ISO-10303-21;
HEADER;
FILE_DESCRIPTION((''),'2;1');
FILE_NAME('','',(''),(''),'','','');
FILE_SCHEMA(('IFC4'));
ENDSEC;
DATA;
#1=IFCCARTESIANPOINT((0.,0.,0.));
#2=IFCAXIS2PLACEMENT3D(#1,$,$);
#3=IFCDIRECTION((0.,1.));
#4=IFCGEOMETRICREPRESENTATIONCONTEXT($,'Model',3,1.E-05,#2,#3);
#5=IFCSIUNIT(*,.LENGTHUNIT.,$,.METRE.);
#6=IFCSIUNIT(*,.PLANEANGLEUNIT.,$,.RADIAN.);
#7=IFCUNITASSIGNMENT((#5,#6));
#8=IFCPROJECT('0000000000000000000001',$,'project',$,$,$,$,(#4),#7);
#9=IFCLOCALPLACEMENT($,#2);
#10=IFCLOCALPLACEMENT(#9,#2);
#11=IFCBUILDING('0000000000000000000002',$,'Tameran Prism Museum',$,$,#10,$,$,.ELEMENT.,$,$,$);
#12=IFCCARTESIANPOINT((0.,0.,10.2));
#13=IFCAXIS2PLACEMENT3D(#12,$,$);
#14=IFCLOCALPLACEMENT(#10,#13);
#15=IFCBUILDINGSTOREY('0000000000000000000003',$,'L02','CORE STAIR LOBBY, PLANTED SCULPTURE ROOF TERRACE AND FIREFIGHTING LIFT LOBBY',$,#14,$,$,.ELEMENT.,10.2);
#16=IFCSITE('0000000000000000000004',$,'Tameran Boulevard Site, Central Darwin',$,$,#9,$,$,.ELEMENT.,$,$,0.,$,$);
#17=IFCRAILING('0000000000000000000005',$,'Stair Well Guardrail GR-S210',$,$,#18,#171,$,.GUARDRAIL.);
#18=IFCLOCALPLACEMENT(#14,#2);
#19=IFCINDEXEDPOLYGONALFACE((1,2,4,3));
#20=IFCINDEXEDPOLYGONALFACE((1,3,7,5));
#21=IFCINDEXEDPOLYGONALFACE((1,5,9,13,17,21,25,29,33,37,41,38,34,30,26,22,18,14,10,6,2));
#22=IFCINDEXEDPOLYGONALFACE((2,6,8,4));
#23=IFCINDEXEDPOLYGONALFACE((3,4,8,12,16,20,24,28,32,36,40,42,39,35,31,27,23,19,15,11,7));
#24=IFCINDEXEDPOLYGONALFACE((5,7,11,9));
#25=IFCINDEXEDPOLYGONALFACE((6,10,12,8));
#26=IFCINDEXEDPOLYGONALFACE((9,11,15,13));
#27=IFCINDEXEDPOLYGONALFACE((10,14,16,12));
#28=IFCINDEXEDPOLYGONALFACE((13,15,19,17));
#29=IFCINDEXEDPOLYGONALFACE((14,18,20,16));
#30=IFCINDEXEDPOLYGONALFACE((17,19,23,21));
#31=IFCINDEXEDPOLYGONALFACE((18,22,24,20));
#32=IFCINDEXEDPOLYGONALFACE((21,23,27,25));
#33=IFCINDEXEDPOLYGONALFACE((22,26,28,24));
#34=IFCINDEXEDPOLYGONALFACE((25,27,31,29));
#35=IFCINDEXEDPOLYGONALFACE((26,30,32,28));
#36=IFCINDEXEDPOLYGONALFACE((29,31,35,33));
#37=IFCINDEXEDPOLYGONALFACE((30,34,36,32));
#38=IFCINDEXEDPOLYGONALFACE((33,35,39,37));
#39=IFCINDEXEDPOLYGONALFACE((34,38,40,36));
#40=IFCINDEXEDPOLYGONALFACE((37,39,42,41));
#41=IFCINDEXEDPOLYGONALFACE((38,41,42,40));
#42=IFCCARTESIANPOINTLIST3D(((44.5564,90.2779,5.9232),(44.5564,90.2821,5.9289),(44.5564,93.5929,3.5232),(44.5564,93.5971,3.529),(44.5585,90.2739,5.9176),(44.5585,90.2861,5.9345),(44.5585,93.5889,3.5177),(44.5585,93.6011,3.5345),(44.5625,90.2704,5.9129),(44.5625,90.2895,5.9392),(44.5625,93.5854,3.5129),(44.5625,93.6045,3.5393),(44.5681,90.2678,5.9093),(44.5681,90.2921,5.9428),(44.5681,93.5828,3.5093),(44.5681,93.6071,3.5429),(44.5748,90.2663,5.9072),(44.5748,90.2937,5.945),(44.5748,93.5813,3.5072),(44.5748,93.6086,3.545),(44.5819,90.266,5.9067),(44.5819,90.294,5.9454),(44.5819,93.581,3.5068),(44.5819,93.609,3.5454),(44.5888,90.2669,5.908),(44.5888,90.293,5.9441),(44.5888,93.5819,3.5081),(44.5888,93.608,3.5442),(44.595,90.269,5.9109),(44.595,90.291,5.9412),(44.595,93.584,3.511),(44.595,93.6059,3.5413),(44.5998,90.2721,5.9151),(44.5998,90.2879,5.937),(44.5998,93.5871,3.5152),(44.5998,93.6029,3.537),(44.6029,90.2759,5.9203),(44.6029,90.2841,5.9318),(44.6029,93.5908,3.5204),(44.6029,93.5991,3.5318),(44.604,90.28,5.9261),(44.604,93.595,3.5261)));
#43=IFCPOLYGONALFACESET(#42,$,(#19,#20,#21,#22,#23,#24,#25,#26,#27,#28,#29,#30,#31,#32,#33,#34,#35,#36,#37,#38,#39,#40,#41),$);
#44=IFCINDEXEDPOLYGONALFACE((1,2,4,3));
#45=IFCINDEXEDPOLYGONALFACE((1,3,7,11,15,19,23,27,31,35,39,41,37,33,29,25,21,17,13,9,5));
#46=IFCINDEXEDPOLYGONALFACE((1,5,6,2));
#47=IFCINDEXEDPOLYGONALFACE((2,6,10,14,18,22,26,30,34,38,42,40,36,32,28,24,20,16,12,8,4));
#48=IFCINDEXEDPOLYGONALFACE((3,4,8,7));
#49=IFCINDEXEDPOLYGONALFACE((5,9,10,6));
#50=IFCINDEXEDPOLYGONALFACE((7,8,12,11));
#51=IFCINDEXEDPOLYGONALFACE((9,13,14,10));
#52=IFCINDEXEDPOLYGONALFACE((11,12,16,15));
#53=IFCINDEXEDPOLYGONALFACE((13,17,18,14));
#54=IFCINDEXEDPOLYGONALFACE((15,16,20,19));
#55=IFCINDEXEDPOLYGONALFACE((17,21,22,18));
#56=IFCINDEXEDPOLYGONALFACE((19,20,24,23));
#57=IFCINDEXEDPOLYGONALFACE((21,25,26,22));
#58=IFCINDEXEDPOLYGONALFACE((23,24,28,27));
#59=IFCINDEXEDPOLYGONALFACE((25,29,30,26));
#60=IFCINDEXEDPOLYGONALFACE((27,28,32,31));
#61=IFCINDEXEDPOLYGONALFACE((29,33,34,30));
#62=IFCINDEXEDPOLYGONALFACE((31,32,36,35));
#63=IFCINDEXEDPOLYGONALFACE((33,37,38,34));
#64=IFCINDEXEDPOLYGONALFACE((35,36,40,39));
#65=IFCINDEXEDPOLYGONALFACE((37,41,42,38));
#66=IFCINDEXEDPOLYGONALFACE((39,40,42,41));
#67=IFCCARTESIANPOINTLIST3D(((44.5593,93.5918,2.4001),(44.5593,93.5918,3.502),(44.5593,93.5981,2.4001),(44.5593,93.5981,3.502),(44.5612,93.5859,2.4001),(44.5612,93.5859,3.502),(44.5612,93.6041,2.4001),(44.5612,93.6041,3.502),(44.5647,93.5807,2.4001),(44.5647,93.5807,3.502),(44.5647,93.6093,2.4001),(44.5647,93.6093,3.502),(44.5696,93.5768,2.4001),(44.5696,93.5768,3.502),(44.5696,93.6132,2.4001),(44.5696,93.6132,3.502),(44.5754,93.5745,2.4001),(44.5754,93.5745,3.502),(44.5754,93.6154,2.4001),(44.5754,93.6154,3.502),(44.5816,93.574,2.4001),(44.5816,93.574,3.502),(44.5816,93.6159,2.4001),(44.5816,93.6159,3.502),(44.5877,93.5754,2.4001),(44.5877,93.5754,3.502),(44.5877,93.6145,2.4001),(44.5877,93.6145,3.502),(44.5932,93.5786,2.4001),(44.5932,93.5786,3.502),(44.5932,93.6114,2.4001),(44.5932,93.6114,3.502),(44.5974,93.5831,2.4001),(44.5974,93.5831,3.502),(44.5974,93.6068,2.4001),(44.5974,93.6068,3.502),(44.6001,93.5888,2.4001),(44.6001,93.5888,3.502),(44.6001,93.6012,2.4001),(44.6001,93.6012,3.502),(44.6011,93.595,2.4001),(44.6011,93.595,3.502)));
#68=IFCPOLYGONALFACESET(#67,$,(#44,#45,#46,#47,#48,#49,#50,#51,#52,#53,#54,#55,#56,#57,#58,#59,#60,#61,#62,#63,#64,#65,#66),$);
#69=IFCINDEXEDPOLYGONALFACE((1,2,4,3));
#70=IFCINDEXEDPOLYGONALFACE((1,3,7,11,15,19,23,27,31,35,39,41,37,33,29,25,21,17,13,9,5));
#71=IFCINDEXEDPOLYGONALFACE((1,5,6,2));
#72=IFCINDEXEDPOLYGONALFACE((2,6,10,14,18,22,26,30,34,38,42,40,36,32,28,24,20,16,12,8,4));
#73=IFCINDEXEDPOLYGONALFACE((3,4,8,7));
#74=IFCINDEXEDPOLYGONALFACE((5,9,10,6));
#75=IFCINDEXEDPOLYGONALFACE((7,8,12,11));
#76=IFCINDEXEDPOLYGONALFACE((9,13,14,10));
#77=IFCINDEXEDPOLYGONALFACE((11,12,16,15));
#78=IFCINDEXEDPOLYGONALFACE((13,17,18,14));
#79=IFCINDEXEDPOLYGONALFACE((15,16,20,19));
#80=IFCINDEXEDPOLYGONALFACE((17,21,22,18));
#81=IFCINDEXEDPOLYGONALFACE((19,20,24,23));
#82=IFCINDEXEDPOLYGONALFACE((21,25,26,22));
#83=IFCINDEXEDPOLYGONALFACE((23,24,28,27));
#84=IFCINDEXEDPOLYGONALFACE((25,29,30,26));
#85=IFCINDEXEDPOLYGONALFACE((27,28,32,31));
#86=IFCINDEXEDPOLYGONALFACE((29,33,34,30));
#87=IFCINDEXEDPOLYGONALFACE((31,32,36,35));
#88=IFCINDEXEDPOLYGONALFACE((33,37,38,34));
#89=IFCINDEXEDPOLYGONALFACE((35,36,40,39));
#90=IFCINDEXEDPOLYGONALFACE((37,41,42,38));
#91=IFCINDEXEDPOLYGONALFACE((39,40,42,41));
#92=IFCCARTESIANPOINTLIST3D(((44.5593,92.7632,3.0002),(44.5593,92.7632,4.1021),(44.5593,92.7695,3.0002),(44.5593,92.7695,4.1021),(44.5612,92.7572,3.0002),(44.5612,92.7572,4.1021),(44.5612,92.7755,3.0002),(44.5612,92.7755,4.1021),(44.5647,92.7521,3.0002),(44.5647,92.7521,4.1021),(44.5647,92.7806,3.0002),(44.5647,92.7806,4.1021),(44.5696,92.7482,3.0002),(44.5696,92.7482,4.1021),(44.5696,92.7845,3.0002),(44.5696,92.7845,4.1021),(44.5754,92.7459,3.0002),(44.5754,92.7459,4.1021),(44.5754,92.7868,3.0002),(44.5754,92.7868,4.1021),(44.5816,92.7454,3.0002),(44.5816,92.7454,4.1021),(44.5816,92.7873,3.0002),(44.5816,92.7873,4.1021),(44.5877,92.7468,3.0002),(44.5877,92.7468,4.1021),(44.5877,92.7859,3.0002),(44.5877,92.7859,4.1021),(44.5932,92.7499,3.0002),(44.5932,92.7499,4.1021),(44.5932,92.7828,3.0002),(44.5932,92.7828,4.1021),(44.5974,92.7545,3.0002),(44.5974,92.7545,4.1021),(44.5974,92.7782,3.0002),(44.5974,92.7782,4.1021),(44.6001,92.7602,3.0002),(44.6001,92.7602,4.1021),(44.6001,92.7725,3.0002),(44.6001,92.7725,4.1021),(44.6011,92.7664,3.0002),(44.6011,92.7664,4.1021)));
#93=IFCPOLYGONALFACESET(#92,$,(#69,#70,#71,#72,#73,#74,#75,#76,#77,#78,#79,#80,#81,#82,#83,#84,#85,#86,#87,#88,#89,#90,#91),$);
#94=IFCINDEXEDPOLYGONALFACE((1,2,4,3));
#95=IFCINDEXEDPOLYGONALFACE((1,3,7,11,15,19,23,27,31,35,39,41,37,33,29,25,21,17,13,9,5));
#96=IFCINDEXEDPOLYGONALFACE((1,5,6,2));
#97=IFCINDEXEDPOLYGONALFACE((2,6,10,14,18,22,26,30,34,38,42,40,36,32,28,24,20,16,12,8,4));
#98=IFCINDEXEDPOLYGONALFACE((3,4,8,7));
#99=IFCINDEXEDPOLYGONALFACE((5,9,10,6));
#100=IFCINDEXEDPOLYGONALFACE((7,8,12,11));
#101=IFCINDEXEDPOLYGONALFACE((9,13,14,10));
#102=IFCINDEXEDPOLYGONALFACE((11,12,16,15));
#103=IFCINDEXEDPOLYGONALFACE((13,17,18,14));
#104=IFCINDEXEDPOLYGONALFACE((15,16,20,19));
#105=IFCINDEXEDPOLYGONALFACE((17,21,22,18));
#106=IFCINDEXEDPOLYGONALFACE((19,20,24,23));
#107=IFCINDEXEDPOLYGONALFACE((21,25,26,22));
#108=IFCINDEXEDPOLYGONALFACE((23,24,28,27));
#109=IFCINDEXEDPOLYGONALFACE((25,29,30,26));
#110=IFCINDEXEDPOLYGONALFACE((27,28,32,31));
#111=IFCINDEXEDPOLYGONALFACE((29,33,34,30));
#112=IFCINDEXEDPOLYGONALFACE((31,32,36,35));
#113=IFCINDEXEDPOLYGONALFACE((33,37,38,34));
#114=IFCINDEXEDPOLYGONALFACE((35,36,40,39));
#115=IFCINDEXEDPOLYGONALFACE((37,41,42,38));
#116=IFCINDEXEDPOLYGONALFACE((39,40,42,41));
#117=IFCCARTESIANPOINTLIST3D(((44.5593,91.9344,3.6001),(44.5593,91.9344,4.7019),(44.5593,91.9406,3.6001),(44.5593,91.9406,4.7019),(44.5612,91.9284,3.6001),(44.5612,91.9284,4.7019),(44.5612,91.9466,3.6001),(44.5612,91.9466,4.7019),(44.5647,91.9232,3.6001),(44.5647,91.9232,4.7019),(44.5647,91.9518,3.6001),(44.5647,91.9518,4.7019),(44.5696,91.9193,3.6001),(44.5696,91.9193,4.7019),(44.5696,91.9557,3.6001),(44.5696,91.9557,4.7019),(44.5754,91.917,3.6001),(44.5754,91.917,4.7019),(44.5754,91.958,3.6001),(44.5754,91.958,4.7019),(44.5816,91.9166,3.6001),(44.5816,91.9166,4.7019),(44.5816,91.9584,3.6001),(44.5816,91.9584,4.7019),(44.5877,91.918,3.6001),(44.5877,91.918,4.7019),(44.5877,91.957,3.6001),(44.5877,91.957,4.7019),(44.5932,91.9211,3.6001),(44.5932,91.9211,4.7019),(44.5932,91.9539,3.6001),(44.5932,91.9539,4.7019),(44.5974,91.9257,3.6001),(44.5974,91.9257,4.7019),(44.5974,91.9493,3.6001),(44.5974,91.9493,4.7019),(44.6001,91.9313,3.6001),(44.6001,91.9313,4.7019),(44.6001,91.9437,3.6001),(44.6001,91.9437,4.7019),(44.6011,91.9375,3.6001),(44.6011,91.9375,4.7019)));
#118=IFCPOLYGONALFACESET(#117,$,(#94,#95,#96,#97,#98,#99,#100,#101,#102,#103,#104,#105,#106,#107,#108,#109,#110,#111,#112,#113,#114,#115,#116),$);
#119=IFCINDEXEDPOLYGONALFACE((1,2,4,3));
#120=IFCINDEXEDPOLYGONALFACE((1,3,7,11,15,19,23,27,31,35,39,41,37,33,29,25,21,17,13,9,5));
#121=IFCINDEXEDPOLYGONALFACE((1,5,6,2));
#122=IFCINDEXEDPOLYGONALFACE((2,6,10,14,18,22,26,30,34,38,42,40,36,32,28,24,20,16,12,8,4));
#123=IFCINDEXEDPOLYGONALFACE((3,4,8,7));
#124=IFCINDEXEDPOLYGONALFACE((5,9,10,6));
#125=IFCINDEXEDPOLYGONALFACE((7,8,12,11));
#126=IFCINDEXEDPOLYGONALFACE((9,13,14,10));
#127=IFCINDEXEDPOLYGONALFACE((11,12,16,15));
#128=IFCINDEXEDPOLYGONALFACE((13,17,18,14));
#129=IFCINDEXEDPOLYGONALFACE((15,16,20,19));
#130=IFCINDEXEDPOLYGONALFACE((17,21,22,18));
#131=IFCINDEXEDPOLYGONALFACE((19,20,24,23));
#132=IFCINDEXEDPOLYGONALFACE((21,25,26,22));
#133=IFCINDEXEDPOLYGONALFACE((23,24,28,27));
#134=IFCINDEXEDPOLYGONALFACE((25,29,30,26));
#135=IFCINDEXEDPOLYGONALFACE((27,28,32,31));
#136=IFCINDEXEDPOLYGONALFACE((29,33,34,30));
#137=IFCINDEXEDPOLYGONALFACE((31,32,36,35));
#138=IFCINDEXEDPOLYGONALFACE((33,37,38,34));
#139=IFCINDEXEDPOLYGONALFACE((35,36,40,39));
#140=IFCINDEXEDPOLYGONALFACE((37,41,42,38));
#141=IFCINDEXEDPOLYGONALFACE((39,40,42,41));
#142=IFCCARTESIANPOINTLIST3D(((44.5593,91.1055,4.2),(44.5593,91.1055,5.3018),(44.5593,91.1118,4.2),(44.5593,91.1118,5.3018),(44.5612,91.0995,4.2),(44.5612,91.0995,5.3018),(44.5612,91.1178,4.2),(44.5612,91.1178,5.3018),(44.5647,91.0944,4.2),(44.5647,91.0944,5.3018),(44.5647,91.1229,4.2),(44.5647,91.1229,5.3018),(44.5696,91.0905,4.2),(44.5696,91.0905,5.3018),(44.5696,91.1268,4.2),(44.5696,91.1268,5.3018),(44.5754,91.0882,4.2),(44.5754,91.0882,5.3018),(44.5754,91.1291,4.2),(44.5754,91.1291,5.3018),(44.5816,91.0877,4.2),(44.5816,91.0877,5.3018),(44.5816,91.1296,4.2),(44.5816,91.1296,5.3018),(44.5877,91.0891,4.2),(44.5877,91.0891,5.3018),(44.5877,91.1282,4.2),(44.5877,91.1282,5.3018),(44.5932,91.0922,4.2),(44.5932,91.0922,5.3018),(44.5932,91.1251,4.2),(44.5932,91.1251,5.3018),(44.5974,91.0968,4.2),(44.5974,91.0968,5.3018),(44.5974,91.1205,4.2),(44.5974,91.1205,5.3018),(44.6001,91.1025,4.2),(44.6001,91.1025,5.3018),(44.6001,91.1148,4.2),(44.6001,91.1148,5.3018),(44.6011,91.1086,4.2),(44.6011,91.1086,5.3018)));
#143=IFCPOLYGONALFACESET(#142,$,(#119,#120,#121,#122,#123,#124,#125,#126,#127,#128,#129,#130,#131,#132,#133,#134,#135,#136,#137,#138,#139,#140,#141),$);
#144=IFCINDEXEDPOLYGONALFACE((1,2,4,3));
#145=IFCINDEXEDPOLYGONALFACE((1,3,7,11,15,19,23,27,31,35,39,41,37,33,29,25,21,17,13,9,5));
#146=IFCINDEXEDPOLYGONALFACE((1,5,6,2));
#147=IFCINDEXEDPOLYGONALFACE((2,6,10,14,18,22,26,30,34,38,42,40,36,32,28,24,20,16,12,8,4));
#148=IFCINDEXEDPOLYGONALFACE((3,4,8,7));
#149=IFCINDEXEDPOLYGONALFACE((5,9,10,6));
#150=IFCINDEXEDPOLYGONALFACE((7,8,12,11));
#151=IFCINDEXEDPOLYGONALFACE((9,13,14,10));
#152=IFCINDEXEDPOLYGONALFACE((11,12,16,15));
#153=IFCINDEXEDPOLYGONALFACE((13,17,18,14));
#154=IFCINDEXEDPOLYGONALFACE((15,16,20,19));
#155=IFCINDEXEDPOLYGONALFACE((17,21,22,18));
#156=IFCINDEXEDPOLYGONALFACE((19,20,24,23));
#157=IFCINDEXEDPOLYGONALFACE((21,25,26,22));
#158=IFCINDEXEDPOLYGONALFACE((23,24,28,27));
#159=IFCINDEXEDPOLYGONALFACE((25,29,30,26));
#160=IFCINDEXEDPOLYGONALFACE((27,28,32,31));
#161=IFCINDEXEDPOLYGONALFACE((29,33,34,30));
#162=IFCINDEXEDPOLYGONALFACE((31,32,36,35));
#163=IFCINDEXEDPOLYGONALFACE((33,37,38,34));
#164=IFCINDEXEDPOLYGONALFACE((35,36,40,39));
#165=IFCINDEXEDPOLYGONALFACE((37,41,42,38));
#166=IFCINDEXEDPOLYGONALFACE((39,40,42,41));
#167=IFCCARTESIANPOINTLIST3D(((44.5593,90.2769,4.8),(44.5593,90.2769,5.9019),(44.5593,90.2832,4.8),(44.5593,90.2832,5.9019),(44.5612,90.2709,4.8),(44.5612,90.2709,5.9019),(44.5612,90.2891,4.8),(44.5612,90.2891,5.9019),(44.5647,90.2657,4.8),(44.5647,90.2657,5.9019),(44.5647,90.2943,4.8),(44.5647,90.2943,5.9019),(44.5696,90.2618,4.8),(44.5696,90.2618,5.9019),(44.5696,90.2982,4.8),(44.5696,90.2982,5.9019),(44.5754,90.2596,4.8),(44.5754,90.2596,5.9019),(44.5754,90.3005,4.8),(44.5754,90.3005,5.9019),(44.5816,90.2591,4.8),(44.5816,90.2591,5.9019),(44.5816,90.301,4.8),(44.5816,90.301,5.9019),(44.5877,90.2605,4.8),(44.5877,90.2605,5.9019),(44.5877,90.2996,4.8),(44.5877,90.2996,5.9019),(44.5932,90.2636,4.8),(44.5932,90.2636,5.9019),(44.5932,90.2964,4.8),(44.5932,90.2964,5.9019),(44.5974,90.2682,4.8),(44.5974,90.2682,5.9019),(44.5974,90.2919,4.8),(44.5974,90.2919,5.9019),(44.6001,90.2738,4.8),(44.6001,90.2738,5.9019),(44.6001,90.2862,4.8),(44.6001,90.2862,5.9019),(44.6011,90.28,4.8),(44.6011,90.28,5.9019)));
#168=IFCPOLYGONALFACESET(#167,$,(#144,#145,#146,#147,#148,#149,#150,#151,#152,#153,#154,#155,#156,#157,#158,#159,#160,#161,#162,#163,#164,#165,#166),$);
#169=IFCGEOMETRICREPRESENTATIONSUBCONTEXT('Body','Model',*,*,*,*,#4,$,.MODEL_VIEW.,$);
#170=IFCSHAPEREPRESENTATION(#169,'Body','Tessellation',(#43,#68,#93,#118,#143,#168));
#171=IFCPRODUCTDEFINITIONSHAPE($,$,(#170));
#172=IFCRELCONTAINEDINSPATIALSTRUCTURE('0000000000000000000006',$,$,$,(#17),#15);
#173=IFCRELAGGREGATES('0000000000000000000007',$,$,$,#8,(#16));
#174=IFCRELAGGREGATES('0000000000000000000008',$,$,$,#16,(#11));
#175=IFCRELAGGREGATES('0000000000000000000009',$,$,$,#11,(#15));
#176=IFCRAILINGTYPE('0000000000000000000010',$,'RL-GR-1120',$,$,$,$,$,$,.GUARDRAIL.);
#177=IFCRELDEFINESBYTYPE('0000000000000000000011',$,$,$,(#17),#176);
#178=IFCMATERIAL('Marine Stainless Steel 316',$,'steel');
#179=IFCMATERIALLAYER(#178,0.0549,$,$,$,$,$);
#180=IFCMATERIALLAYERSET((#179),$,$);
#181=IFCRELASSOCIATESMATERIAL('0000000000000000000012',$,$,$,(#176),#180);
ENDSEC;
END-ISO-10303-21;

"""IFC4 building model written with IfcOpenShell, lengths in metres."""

from ifc_helpers import new_model, si_unit, direction, frame, origin, origin_2d, place, context, subcontext, project, spatial, circle, extrude, material, layer, layer_set, type_object, element, save


model = new_model("IFC4")

# Units and contexts
model_context = context("Model", 3, precision=1e-05, world=origin(), true_north=direction((0.0, 1.0)))
body_context = subcontext(model_context, "Body", "Model", "MODEL_VIEW")
ifc_project = project(units=[si_unit("LENGTHUNIT", "METRE"), si_unit("PLANEANGLEUNIT", "RADIAN")], contexts=[model_context])

# Site, building, storey
site_placement = place(None, origin())
site = spatial("IfcSite", under=ifc_project, at=site_placement, Name="Tameran Boulevard Site, Central Darwin", CompositionType="ELEMENT", RefElevation=0.0)
building_placement = place(site_placement, origin())
building = spatial("IfcBuilding", under=site, at=building_placement, Name="Tameran Prism Museum", CompositionType="ELEMENT")
storey_placement = place(building_placement, frame((0.0, 0.0, 10.2)))
storey = spatial("IfcBuildingStorey", under=building, at=storey_placement, Name="L02", Description="CORE STAIR LOBBY, PLANTED SCULPTURE ROOF TERRACE AND FIREFIGHTING LIFT LOBBY", CompositionType="ELEMENT", Elevation=10.2)

# Railing
ifc_material_1 = material(Name="Marine Stainless Steel 316", Category="steel")
ifc_layer_1 = layer(ifc_material_1, 0.0549)
ifc_layer_set_1 = layer_set([ifc_layer_1])
railing_type_1 = type_object("IfcRailingType", Name="RL-GR-1120", PredefinedType="GUARDRAIL", material=ifc_layer_set_1)
railing_1_placement = place(storey_placement, frame((44.5801, 93.595, 2.4001)))
element("IfcRailing", 1, at=railing_1_placement, inside=storey, type_object=railing_type_1, Name="Stair Well Guardrail GR-S210", PredefinedType="GUARDRAIL", context=body_context, shape_type="SweptSolid", body=[
    extrude(circle(Radius=0.0239, at=origin_2d()), frame((0.0, 0.0, 1.126), z_axis=(0.0, -0.810009, 0.586418), x_axis=(1.0, 0.0, 0.0)), (0.0, 0.0, 1.0), 4.0925),
    extrude(circle(Radius=0.021, at=origin_2d()), origin(), (0.0, 0.0, 1.0), 1.1018),
    extrude(circle(Radius=0.021, at=origin_2d()), frame((0.0, -0.8286, 0.6001)), (0.0, 0.0, 1.0), 1.1018),
    extrude(circle(Radius=0.021, at=origin_2d()), frame((0.0, -1.6575, 1.2)), (0.0, 0.0, 1.0), 1.1018),
    extrude(circle(Radius=0.021, at=origin_2d()), frame((0.0, -2.4863, 1.7998)), (0.0, 0.0, 1.0), 1.1018),
    extrude(circle(Radius=0.021, at=origin_2d()), frame((0.0, -3.3149, 2.3999)), (0.0, 0.0, 1.0), 1.1018),
])

save(model, "model.ifc")
